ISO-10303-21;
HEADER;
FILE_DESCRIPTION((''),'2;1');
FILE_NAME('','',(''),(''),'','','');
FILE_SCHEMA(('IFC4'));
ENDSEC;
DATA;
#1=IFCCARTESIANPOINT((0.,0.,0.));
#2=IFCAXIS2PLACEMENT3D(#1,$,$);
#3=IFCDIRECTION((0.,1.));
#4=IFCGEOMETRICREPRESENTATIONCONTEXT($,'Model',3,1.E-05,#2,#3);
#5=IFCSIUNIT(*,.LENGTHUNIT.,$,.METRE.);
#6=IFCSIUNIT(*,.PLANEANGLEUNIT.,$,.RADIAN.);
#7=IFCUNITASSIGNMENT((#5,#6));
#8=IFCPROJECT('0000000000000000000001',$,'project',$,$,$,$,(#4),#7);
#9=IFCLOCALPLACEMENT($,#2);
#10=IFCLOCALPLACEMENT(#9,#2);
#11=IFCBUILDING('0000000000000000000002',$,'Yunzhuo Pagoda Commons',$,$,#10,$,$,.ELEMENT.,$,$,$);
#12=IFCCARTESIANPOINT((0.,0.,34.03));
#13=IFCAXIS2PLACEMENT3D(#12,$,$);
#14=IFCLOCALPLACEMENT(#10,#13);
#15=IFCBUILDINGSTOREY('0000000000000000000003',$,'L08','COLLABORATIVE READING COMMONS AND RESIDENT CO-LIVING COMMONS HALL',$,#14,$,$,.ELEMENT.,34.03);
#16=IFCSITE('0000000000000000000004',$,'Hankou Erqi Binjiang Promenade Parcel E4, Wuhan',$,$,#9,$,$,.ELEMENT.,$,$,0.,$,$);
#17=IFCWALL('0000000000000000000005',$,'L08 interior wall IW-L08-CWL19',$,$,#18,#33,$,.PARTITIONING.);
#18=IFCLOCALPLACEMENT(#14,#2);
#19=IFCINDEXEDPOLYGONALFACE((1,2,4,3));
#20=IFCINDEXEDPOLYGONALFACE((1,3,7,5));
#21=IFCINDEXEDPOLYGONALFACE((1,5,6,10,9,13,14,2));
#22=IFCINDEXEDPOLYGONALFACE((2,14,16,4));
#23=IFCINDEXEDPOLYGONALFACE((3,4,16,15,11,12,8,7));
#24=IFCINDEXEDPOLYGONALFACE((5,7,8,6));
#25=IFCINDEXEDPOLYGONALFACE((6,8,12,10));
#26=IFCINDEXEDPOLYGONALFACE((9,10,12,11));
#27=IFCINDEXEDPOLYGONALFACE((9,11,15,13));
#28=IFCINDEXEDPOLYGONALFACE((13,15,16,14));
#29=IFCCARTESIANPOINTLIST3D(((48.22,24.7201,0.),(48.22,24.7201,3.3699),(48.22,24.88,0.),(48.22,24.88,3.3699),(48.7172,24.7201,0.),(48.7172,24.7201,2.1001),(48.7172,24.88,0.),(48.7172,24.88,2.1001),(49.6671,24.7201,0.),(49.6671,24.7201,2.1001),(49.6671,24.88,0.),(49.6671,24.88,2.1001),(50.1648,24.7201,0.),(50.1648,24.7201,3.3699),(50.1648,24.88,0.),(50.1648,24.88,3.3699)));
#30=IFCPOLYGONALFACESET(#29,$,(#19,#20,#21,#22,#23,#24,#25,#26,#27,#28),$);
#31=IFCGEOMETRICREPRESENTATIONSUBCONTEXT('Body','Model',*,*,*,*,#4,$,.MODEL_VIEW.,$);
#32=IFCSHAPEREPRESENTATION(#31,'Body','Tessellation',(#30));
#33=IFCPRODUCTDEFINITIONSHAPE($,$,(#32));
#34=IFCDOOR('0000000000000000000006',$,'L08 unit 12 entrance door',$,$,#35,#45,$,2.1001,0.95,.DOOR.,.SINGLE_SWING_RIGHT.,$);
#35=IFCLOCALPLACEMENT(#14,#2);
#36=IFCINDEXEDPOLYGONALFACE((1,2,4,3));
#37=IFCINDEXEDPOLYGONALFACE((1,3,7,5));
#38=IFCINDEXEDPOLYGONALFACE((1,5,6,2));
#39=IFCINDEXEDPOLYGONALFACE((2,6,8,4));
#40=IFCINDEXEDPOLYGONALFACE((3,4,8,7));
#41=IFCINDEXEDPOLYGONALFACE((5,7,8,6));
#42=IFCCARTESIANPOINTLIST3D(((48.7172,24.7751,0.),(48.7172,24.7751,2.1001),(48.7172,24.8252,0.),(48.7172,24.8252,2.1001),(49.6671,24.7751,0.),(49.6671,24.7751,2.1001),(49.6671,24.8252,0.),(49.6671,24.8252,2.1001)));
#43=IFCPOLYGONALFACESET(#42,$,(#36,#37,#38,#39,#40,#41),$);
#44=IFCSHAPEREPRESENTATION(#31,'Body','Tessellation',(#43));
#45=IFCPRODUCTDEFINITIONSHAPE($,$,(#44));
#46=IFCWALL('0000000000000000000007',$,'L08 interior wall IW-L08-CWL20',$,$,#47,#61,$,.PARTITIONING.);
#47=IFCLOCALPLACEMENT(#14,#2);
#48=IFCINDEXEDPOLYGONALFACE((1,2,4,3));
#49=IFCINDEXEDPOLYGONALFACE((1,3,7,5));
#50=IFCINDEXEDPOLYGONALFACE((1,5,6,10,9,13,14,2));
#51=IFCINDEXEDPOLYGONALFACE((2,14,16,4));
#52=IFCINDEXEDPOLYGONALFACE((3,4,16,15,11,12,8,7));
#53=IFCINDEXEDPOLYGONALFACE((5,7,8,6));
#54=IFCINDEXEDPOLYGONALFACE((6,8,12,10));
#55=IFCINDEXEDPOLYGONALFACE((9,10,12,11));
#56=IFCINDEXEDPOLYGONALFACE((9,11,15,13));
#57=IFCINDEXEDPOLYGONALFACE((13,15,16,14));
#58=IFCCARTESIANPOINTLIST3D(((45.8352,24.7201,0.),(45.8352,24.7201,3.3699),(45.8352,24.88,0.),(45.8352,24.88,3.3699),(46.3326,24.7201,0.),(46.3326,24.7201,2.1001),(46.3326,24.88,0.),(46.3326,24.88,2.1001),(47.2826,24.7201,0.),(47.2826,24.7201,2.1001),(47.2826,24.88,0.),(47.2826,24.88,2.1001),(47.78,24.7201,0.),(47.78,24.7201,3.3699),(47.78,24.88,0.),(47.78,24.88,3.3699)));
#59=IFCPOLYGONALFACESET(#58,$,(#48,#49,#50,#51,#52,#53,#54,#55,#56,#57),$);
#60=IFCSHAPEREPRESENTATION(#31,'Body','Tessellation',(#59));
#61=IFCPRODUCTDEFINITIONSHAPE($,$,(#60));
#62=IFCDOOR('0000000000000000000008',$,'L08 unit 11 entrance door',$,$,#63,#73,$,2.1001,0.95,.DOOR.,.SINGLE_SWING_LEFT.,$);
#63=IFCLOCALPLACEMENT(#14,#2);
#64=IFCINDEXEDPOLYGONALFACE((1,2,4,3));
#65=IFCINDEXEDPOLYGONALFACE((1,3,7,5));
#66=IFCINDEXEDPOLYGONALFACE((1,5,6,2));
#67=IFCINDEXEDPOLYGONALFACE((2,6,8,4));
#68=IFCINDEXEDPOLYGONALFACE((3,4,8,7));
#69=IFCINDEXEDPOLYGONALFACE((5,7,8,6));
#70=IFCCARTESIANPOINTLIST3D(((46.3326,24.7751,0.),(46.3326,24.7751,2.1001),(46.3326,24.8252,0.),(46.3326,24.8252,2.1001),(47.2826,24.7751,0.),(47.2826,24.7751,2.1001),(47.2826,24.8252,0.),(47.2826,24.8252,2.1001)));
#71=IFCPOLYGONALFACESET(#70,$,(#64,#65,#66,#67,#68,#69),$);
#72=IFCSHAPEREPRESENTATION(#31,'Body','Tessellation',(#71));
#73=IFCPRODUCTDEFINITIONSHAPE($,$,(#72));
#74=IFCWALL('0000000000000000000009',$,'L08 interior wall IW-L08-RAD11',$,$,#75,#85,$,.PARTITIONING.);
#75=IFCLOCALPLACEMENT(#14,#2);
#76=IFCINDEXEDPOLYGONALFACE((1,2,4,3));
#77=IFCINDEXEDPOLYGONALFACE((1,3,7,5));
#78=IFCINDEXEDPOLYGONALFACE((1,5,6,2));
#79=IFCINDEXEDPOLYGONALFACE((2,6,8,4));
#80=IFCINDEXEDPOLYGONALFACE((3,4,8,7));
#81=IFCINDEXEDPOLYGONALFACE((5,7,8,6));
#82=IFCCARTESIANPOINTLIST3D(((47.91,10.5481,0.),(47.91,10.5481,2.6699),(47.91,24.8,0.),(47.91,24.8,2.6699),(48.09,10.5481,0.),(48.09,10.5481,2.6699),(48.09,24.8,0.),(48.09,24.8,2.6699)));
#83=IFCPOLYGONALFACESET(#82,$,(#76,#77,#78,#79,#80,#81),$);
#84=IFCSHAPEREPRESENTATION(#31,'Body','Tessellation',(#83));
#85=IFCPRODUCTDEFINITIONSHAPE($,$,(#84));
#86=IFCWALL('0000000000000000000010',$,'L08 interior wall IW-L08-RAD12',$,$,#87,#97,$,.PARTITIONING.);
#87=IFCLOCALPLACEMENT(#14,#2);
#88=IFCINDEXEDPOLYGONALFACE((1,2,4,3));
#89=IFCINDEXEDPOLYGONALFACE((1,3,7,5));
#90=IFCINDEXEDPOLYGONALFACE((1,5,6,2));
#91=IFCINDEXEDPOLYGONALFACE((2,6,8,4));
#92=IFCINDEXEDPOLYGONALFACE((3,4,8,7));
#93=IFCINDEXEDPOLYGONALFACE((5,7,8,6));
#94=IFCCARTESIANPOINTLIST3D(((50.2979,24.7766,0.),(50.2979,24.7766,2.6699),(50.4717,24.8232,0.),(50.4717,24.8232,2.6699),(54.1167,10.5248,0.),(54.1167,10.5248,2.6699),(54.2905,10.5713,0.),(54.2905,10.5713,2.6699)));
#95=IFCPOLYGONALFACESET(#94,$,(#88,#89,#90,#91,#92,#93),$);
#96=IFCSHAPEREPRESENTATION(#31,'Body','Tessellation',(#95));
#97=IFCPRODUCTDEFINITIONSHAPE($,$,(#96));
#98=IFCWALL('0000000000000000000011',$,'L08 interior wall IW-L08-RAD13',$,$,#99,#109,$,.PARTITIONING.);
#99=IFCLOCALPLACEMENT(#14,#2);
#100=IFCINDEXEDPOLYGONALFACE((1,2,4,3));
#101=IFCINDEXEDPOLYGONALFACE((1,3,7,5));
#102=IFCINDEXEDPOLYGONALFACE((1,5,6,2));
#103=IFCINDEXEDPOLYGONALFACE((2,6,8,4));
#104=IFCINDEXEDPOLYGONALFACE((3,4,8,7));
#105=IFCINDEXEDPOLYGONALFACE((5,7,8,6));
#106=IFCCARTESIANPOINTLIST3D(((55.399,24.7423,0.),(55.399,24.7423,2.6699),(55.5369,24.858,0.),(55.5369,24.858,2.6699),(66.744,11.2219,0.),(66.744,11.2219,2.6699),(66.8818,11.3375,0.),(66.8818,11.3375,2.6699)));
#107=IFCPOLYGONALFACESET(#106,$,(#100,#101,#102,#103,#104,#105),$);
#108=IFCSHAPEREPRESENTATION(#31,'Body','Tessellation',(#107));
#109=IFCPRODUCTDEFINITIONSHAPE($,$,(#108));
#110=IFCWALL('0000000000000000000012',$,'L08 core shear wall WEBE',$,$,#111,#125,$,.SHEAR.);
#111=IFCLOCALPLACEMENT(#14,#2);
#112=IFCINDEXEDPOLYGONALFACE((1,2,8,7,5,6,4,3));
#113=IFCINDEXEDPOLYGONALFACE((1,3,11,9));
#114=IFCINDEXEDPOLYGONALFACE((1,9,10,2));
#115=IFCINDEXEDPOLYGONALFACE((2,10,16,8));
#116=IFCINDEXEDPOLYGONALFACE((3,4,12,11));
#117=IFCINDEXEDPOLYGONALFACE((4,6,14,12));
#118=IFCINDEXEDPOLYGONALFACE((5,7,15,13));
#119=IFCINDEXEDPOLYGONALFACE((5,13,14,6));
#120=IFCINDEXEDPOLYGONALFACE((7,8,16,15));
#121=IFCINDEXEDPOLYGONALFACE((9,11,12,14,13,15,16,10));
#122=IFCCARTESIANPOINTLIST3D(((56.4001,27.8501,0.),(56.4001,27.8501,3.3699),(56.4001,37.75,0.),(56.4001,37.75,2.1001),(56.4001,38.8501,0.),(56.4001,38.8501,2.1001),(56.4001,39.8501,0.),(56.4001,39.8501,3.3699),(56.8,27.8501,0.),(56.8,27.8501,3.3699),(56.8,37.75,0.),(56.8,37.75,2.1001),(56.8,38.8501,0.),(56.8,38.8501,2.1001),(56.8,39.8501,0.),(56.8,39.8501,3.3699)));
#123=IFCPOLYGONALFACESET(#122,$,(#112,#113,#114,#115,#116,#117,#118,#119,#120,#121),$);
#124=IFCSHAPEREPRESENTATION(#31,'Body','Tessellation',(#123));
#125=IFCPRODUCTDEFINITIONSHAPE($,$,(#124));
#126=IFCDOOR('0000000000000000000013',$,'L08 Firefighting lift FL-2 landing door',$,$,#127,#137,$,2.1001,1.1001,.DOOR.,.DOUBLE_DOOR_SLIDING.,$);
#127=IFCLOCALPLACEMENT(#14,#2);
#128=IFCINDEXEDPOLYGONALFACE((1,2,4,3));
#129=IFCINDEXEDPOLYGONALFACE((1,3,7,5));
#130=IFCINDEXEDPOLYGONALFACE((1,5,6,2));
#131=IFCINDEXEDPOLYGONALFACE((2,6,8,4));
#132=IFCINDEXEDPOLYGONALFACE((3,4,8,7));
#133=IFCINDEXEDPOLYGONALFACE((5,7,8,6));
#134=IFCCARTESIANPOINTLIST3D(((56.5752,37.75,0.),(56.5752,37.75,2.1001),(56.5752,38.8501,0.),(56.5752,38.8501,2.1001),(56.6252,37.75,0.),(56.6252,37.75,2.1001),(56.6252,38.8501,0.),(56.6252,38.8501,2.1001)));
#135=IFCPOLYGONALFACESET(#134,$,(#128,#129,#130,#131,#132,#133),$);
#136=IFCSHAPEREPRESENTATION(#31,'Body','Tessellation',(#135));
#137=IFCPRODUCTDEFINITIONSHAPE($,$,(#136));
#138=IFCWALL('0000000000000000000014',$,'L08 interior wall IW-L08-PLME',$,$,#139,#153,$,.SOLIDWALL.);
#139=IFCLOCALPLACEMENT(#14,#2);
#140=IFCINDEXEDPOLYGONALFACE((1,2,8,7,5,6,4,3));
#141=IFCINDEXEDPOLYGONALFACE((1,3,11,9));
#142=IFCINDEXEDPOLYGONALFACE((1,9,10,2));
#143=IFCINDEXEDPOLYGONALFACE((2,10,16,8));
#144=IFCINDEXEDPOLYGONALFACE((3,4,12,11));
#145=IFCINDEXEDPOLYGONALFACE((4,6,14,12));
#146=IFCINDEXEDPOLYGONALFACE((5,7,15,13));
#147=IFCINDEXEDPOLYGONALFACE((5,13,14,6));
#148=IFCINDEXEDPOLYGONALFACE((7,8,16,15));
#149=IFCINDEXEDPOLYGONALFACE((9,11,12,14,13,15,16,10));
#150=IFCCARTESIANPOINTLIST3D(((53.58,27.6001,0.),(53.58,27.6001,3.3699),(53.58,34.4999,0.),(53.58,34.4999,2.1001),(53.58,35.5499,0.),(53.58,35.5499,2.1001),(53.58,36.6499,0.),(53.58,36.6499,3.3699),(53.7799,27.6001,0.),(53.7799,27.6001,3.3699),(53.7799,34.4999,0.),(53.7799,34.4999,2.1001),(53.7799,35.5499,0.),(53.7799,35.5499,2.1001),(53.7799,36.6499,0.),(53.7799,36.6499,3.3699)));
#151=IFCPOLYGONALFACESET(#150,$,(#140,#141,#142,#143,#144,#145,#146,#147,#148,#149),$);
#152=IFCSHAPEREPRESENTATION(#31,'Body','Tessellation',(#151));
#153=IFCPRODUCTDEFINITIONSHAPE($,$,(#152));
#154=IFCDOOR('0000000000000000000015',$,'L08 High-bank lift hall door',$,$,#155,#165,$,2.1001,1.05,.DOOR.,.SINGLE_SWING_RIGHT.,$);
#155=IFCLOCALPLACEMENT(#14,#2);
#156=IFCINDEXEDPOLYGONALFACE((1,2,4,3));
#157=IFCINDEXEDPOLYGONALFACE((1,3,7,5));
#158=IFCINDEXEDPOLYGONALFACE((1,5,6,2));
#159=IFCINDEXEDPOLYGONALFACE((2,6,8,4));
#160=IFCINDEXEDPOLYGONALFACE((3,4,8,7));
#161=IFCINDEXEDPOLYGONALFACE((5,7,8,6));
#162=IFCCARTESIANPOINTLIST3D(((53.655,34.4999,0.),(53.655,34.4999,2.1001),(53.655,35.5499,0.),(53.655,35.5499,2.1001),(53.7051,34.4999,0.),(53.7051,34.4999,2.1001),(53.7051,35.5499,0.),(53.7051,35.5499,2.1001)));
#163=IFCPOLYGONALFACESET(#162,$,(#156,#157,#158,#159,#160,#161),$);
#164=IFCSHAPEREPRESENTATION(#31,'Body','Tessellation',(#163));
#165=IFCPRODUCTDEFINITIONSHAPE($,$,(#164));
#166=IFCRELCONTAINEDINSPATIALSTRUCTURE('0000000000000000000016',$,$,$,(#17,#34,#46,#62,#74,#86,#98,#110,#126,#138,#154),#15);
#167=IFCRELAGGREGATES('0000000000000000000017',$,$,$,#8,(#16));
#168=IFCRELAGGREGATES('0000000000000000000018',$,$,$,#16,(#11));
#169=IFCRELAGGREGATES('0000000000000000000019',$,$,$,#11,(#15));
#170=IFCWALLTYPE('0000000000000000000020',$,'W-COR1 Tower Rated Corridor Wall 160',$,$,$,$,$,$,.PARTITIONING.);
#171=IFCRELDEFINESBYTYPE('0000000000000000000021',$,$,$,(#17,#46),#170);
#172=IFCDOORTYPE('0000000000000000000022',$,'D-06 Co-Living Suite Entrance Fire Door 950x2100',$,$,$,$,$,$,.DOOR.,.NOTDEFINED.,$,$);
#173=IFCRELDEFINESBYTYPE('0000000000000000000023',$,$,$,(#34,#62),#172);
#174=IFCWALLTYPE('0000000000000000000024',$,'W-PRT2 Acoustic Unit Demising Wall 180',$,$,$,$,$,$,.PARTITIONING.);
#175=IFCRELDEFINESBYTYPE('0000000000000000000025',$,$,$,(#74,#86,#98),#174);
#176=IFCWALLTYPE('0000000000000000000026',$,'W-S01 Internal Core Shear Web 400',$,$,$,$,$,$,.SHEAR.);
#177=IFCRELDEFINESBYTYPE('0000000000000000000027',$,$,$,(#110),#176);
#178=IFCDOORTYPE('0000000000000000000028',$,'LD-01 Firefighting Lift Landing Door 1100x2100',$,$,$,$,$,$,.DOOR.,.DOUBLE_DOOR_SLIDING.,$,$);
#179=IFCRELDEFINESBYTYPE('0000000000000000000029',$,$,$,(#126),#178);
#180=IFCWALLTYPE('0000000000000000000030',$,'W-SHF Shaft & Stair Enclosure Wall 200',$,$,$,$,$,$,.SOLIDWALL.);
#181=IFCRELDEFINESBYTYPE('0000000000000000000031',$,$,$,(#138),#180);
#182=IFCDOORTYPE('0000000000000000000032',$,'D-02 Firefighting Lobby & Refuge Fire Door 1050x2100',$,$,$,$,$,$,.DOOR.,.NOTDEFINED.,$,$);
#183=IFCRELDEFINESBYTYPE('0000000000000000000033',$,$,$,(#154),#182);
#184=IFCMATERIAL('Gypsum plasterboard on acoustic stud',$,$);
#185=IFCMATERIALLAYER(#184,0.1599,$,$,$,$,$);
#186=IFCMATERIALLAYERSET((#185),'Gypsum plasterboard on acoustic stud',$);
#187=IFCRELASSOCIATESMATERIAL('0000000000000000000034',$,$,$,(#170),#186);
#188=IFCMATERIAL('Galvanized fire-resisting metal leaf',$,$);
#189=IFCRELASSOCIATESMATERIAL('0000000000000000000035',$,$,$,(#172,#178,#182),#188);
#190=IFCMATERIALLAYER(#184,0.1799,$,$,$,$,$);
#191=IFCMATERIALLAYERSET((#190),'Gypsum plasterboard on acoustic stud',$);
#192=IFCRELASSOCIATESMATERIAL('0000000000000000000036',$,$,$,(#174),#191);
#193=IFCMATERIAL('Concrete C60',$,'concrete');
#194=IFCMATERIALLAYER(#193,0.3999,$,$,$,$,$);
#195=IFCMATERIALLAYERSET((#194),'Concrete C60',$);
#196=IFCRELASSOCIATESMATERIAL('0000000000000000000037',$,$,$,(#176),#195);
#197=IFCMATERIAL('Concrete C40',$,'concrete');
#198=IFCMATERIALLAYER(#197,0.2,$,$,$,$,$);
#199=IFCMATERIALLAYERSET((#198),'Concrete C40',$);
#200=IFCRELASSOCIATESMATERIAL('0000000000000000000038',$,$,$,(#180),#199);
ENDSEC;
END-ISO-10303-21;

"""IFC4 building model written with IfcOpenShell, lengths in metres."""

from ifc_helpers import new_model, si_unit, direction, frame, frame_2d, origin, origin_with_axes, place, context, subcontext, project, spatial, rectangle, extrude, source, transform, mapped, material, layer, layer_set, type_object, element, fill, save


model = new_model("IFC4")

# Units and contexts
model_context = context("Model", 3, precision=1e-05, world=origin(), true_north=direction((0.0, 1.0)))
body_context = subcontext(model_context, "Body", "Model", "MODEL_VIEW")
ifc_project = project(units=[si_unit("LENGTHUNIT", "METRE"), si_unit("PLANEANGLEUNIT", "RADIAN")], contexts=[model_context])

# Site, building, storey
site_placement = place(None, origin())
site = spatial("IfcSite", under=ifc_project, at=site_placement, Name="Hankou Erqi Binjiang Promenade Parcel E4, Wuhan", CompositionType="ELEMENT", RefElevation=0.0)
building_placement = place(site_placement, origin())
building = spatial("IfcBuilding", under=site, at=building_placement, Name="Yunzhuo Pagoda Commons", CompositionType="ELEMENT")
storey_placement = place(building_placement, frame((0.0, 0.0, 34.03)))
storey = spatial("IfcBuildingStorey", under=building, at=storey_placement, Name="L08", Description="COLLABORATIVE READING COMMONS AND RESIDENT CO-LIVING COMMONS HALL", CompositionType="ELEMENT", Elevation=34.03)

# Walls, openings, doors
ifc_material_1 = material(Name="Gypsum plasterboard on acoustic stud")
ifc_layer_1 = layer(ifc_material_1, 0.1599)
ifc_layer_set_1 = layer_set([ifc_layer_1], Name="Gypsum plasterboard on acoustic stud")
wall_type_1 = type_object("IfcWallType", Name="W-COR1 Tower Rated Corridor Wall 160", PredefinedType="PARTITIONING", material=ifc_layer_set_1)
ifc_material_2 = material(Name="Galvanized fire-resisting metal leaf")
door_type_1 = type_object("IfcDoorType", Name="D-06 Co-Living Suite Entrance Fire Door 950x2100", OperationType="NOTDEFINED", PredefinedType="DOOR", material=ifc_material_2)
shared_shape_1 = source(origin(), body_context, "Body", "SweptSolid", [
    extrude(rectangle(XDim=0.95, YDim=2.1001, at=frame_2d((0.4751, 1.05))), frame((0.0, 0.0249, 0.0), z_axis=(0.0, -1.0, 0.0), x_axis=(1.0, 0.0, 0.0)), (0.0, 0.0, 1.0), 0.05),
])
wall_1_placement = place(storey_placement, frame((50.1648, 24.8, 0.0), z_axis=(0.0, 0.0, 1.0), x_axis=(-1.0, 0.0, 0.0)))
wall_1 = element("IfcWall", 1, at=wall_1_placement, inside=storey, type_object=wall_type_1, Name="L08 interior wall IW-L08-CWL19", PredefinedType="PARTITIONING", context=body_context, shape_type="SweptSolid", body=[
    extrude(rectangle(XDim=1.9448, YDim=0.1599, at=frame_2d((0.9724, 0.0))), origin(), (0.0, 0.0, 1.0), 3.3699),
])
opening_1_placement = place(wall_1_placement, frame((0.4976, 0.0, 0.0)))
opening_1 = element("IfcOpeningElement", 2, at=opening_1_placement, cuts=wall_1, PredefinedType="OPENING", context=body_context, shape_type="SweptSolid", body=[
    extrude(rectangle(XDim=0.95, YDim=2.1001, at=frame_2d((0.4751, 1.05))), frame((0.0, 0.0898, 0.0), z_axis=(0.0, -1.0, 0.0), x_axis=(1.0, 0.0, 0.0)), (0.0, 0.0, 1.0), 0.1799),
])
door_1_placement = place(opening_1_placement, origin_with_axes())
door_1 = element("IfcDoor", 3, at=door_1_placement, inside=storey, type_object=door_type_1, Name="L08 unit 12 entrance door", OperationType="SINGLE_SWING_RIGHT", OverallHeight=2.1001, OverallWidth=0.95, PredefinedType="DOOR", context=body_context, shape_type="MappedRepresentation", body=[
    mapped(shared_shape_1, transform((0.0, 0.0, 0.0), scale=1.0)),
])
fill(opening_1, door_1)
wall_2_placement = place(storey_placement, frame((47.78, 24.8, 0.0), z_axis=(0.0, 0.0, 1.0), x_axis=(-1.0, 0.0, 0.0)))
wall_2 = element("IfcWall", 4, at=wall_2_placement, inside=storey, type_object=wall_type_1, Name="L08 interior wall IW-L08-CWL20", PredefinedType="PARTITIONING", context=body_context, shape_type="SweptSolid", body=[
    extrude(rectangle(XDim=1.9448, YDim=0.1599, at=frame_2d((0.9724, 0.0))), origin(), (0.0, 0.0, 1.0), 3.3699),
])
opening_2_placement = place(wall_2_placement, frame((0.4973, 0.0, 0.0)))
opening_2 = element("IfcOpeningElement", 5, at=opening_2_placement, cuts=wall_2, PredefinedType="OPENING", context=body_context, shape_type="SweptSolid", body=[
    extrude(rectangle(XDim=0.95, YDim=2.1001, at=frame_2d((0.4751, 1.05))), frame((0.0, 0.0898, 0.0), z_axis=(0.0, -1.0, 0.0), x_axis=(1.0, 0.0, 0.0)), (0.0, 0.0, 1.0), 0.1799),
])
door_2_placement = place(opening_2_placement, origin_with_axes())
door_2 = element("IfcDoor", 6, at=door_2_placement, inside=storey, type_object=door_type_1, Name="L08 unit 11 entrance door", OperationType="SINGLE_SWING_LEFT", OverallHeight=2.1001, OverallWidth=0.95, PredefinedType="DOOR", context=body_context, shape_type="MappedRepresentation", body=[
    mapped(shared_shape_1, transform((0.0, 0.0, 0.0), scale=1.0)),
])
fill(opening_2, door_2)

# Walls
ifc_layer_2 = layer(ifc_material_1, 0.1799)
ifc_layer_set_2 = layer_set([ifc_layer_2], Name="Gypsum plasterboard on acoustic stud")
wall_type_2 = type_object("IfcWallType", Name="W-PRT2 Acoustic Unit Demising Wall 180", PredefinedType="PARTITIONING", material=ifc_layer_set_2)
wall_3_placement = place(storey_placement, frame((48.0, 24.8, 0.0), z_axis=(0.0, 0.0, 1.0), x_axis=(0.0, -1.0, 0.0)))
element("IfcWall", 7, at=wall_3_placement, inside=storey, type_object=wall_type_2, Name="L08 interior wall IW-L08-RAD11", PredefinedType="PARTITIONING", context=body_context, shape_type="SweptSolid", body=[
    extrude(rectangle(XDim=14.252, YDim=0.1799, at=frame_2d((7.126, 0.0))), origin(), (0.0, 0.0, 1.0), 2.6699),
])
wall_4_placement = place(storey_placement, frame((50.3848, 24.8, 0.0), z_axis=(0.0, 0.0, 1.0), x_axis=(0.258822, -0.965925, 0.0)))
element("IfcWall", 8, at=wall_4_placement, inside=storey, type_object=wall_type_2, Name="L08 interior wall IW-L08-RAD12", PredefinedType="PARTITIONING", context=body_context, shape_type="SweptSolid", body=[
    extrude(rectangle(XDim=14.7546, YDim=0.1799, at=frame_2d((7.3774, 0.0))), origin(), (0.0, 0.0, 1.0), 2.6699),
])
wall_5_placement = place(storey_placement, frame((55.468, 24.8, 0.0), z_axis=(0.0, 0.0, 1.0), x_axis=(0.642785, -0.766047, 0.0)))
element("IfcWall", 9, at=wall_5_placement, inside=storey, type_object=wall_type_2, Name="L08 interior wall IW-L08-RAD13", PredefinedType="PARTITIONING", context=body_context, shape_type="SweptSolid", body=[
    extrude(rectangle(XDim=17.6497, YDim=0.1799, at=frame_2d((8.8247, 0.0))), origin(), (0.0, 0.0, 1.0), 2.6699),
])

# Walls, openings, doors
ifc_material_3 = material(Name="Concrete C60", Category="concrete")
ifc_layer_3 = layer(ifc_material_3, 0.3999)
ifc_layer_set_3 = layer_set([ifc_layer_3], Name="Concrete C60")
wall_type_3 = type_object("IfcWallType", Name="W-S01 Internal Core Shear Web 400", PredefinedType="SHEAR", material=ifc_layer_set_3)
wall_6_placement = place(storey_placement, frame((56.6001, 27.8501, 0.0), z_axis=(0.0, 0.0, 1.0), x_axis=(0.0, 1.0, 0.0)))
wall_6 = element("IfcWall", 10, at=wall_6_placement, inside=storey, type_object=wall_type_3, Name="L08 core shear wall WEBE", PredefinedType="SHEAR", context=body_context, shape_type="SweptSolid", body=[
    extrude(rectangle(XDim=12.0, YDim=0.3999, at=frame_2d((6.0, 0.0))), origin(), (0.0, 0.0, 1.0), 3.3699),
])
opening_3_placement = place(wall_6_placement, frame((9.8999, 0.0, 0.0)))
opening_3 = element("IfcOpeningElement", 11, at=opening_3_placement, cuts=wall_6, PredefinedType="OPENING", context=body_context, shape_type="SweptSolid", body=[
    extrude(rectangle(XDim=1.1001, YDim=2.1001, at=frame_2d((0.55, 1.05))), frame((0.0, 0.21, 0.0), z_axis=(0.0, -1.0, 0.0), x_axis=(1.0, 0.0, 0.0)), (0.0, 0.0, 1.0), 0.4199),
])
door_type_2 = type_object("IfcDoorType", Name="LD-01 Firefighting Lift Landing Door 1100x2100", OperationType="DOUBLE_DOOR_SLIDING", PredefinedType="DOOR", material=ifc_material_2)
shared_shape_2 = source(origin(), body_context, "Body", "SweptSolid", [
    extrude(rectangle(XDim=1.1001, YDim=2.1001, at=frame_2d((0.55, 1.05))), frame((0.0, 0.0249, 0.0), z_axis=(0.0, -1.0, 0.0), x_axis=(1.0, 0.0, 0.0)), (0.0, 0.0, 1.0), 0.05),
])
door_3_placement = place(opening_3_placement, origin_with_axes())
door_3 = element("IfcDoor", 12, at=door_3_placement, inside=storey, type_object=door_type_2, Name="L08 Firefighting lift FL-2 landing door", OperationType="DOUBLE_DOOR_SLIDING", OverallHeight=2.1001, OverallWidth=1.1001, PredefinedType="DOOR", context=body_context, shape_type="MappedRepresentation", body=[
    mapped(shared_shape_2, transform((0.0, 0.0, 0.0), scale=1.0)),
])
fill(opening_3, door_3)
ifc_material_4 = material(Name="Concrete C40", Category="concrete")
ifc_layer_4 = layer(ifc_material_4, 0.2)
ifc_layer_set_4 = layer_set([ifc_layer_4], Name="Concrete C40")
wall_type_4 = type_object("IfcWallType", Name="W-SHF Shaft & Stair Enclosure Wall 200", PredefinedType="SOLIDWALL", material=ifc_layer_set_4)
wall_7_placement = place(storey_placement, frame((53.6799, 27.6001, 0.0), z_axis=(0.0, 0.0, 1.0), x_axis=(0.0, 1.0, 0.0)))
wall_7 = element("IfcWall", 13, at=wall_7_placement, inside=storey, type_object=wall_type_4, Name="L08 interior wall IW-L08-PLME", PredefinedType="SOLIDWALL", context=body_context, shape_type="SweptSolid", body=[
    extrude(rectangle(XDim=9.0498, YDim=0.2, at=frame_2d((4.5249, 0.0))), origin(), (0.0, 0.0, 1.0), 3.3699),
])
opening_4_placement = place(wall_7_placement, frame((6.8999, 0.0, 0.0)))
opening_4 = element("IfcOpeningElement", 14, at=opening_4_placement, cuts=wall_7, PredefinedType="OPENING", context=body_context, shape_type="SweptSolid", body=[
    extrude(rectangle(XDim=1.05, YDim=2.1001, at=frame_2d((0.5249, 1.05))), frame((0.0, 0.1099, 0.0), z_axis=(0.0, -1.0, 0.0), x_axis=(1.0, 0.0, 0.0)), (0.0, 0.0, 1.0), 0.22),
])
door_type_3 = type_object("IfcDoorType", Name="D-02 Firefighting Lobby & Refuge Fire Door 1050x2100", OperationType="NOTDEFINED", PredefinedType="DOOR", material=ifc_material_2)
shared_shape_3 = source(origin(), body_context, "Body", "SweptSolid", [
    extrude(rectangle(XDim=1.05, YDim=2.1001, at=frame_2d((0.5249, 1.05))), frame((0.0, 0.0249, 0.0), z_axis=(0.0, -1.0, 0.0), x_axis=(1.0, 0.0, 0.0)), (0.0, 0.0, 1.0), 0.05),
])
door_4_placement = place(opening_4_placement, origin_with_axes())
door_4 = element("IfcDoor", 15, at=door_4_placement, inside=storey, type_object=door_type_3, Name="L08 High-bank lift hall door", OperationType="SINGLE_SWING_RIGHT", OverallHeight=2.1001, OverallWidth=1.05, PredefinedType="DOOR", context=body_context, shape_type="MappedRepresentation", body=[
    mapped(shared_shape_3, transform((0.0, 0.0, 0.0), scale=1.0)),
])
fill(opening_4, door_4)

save(model, "model.ifc")
